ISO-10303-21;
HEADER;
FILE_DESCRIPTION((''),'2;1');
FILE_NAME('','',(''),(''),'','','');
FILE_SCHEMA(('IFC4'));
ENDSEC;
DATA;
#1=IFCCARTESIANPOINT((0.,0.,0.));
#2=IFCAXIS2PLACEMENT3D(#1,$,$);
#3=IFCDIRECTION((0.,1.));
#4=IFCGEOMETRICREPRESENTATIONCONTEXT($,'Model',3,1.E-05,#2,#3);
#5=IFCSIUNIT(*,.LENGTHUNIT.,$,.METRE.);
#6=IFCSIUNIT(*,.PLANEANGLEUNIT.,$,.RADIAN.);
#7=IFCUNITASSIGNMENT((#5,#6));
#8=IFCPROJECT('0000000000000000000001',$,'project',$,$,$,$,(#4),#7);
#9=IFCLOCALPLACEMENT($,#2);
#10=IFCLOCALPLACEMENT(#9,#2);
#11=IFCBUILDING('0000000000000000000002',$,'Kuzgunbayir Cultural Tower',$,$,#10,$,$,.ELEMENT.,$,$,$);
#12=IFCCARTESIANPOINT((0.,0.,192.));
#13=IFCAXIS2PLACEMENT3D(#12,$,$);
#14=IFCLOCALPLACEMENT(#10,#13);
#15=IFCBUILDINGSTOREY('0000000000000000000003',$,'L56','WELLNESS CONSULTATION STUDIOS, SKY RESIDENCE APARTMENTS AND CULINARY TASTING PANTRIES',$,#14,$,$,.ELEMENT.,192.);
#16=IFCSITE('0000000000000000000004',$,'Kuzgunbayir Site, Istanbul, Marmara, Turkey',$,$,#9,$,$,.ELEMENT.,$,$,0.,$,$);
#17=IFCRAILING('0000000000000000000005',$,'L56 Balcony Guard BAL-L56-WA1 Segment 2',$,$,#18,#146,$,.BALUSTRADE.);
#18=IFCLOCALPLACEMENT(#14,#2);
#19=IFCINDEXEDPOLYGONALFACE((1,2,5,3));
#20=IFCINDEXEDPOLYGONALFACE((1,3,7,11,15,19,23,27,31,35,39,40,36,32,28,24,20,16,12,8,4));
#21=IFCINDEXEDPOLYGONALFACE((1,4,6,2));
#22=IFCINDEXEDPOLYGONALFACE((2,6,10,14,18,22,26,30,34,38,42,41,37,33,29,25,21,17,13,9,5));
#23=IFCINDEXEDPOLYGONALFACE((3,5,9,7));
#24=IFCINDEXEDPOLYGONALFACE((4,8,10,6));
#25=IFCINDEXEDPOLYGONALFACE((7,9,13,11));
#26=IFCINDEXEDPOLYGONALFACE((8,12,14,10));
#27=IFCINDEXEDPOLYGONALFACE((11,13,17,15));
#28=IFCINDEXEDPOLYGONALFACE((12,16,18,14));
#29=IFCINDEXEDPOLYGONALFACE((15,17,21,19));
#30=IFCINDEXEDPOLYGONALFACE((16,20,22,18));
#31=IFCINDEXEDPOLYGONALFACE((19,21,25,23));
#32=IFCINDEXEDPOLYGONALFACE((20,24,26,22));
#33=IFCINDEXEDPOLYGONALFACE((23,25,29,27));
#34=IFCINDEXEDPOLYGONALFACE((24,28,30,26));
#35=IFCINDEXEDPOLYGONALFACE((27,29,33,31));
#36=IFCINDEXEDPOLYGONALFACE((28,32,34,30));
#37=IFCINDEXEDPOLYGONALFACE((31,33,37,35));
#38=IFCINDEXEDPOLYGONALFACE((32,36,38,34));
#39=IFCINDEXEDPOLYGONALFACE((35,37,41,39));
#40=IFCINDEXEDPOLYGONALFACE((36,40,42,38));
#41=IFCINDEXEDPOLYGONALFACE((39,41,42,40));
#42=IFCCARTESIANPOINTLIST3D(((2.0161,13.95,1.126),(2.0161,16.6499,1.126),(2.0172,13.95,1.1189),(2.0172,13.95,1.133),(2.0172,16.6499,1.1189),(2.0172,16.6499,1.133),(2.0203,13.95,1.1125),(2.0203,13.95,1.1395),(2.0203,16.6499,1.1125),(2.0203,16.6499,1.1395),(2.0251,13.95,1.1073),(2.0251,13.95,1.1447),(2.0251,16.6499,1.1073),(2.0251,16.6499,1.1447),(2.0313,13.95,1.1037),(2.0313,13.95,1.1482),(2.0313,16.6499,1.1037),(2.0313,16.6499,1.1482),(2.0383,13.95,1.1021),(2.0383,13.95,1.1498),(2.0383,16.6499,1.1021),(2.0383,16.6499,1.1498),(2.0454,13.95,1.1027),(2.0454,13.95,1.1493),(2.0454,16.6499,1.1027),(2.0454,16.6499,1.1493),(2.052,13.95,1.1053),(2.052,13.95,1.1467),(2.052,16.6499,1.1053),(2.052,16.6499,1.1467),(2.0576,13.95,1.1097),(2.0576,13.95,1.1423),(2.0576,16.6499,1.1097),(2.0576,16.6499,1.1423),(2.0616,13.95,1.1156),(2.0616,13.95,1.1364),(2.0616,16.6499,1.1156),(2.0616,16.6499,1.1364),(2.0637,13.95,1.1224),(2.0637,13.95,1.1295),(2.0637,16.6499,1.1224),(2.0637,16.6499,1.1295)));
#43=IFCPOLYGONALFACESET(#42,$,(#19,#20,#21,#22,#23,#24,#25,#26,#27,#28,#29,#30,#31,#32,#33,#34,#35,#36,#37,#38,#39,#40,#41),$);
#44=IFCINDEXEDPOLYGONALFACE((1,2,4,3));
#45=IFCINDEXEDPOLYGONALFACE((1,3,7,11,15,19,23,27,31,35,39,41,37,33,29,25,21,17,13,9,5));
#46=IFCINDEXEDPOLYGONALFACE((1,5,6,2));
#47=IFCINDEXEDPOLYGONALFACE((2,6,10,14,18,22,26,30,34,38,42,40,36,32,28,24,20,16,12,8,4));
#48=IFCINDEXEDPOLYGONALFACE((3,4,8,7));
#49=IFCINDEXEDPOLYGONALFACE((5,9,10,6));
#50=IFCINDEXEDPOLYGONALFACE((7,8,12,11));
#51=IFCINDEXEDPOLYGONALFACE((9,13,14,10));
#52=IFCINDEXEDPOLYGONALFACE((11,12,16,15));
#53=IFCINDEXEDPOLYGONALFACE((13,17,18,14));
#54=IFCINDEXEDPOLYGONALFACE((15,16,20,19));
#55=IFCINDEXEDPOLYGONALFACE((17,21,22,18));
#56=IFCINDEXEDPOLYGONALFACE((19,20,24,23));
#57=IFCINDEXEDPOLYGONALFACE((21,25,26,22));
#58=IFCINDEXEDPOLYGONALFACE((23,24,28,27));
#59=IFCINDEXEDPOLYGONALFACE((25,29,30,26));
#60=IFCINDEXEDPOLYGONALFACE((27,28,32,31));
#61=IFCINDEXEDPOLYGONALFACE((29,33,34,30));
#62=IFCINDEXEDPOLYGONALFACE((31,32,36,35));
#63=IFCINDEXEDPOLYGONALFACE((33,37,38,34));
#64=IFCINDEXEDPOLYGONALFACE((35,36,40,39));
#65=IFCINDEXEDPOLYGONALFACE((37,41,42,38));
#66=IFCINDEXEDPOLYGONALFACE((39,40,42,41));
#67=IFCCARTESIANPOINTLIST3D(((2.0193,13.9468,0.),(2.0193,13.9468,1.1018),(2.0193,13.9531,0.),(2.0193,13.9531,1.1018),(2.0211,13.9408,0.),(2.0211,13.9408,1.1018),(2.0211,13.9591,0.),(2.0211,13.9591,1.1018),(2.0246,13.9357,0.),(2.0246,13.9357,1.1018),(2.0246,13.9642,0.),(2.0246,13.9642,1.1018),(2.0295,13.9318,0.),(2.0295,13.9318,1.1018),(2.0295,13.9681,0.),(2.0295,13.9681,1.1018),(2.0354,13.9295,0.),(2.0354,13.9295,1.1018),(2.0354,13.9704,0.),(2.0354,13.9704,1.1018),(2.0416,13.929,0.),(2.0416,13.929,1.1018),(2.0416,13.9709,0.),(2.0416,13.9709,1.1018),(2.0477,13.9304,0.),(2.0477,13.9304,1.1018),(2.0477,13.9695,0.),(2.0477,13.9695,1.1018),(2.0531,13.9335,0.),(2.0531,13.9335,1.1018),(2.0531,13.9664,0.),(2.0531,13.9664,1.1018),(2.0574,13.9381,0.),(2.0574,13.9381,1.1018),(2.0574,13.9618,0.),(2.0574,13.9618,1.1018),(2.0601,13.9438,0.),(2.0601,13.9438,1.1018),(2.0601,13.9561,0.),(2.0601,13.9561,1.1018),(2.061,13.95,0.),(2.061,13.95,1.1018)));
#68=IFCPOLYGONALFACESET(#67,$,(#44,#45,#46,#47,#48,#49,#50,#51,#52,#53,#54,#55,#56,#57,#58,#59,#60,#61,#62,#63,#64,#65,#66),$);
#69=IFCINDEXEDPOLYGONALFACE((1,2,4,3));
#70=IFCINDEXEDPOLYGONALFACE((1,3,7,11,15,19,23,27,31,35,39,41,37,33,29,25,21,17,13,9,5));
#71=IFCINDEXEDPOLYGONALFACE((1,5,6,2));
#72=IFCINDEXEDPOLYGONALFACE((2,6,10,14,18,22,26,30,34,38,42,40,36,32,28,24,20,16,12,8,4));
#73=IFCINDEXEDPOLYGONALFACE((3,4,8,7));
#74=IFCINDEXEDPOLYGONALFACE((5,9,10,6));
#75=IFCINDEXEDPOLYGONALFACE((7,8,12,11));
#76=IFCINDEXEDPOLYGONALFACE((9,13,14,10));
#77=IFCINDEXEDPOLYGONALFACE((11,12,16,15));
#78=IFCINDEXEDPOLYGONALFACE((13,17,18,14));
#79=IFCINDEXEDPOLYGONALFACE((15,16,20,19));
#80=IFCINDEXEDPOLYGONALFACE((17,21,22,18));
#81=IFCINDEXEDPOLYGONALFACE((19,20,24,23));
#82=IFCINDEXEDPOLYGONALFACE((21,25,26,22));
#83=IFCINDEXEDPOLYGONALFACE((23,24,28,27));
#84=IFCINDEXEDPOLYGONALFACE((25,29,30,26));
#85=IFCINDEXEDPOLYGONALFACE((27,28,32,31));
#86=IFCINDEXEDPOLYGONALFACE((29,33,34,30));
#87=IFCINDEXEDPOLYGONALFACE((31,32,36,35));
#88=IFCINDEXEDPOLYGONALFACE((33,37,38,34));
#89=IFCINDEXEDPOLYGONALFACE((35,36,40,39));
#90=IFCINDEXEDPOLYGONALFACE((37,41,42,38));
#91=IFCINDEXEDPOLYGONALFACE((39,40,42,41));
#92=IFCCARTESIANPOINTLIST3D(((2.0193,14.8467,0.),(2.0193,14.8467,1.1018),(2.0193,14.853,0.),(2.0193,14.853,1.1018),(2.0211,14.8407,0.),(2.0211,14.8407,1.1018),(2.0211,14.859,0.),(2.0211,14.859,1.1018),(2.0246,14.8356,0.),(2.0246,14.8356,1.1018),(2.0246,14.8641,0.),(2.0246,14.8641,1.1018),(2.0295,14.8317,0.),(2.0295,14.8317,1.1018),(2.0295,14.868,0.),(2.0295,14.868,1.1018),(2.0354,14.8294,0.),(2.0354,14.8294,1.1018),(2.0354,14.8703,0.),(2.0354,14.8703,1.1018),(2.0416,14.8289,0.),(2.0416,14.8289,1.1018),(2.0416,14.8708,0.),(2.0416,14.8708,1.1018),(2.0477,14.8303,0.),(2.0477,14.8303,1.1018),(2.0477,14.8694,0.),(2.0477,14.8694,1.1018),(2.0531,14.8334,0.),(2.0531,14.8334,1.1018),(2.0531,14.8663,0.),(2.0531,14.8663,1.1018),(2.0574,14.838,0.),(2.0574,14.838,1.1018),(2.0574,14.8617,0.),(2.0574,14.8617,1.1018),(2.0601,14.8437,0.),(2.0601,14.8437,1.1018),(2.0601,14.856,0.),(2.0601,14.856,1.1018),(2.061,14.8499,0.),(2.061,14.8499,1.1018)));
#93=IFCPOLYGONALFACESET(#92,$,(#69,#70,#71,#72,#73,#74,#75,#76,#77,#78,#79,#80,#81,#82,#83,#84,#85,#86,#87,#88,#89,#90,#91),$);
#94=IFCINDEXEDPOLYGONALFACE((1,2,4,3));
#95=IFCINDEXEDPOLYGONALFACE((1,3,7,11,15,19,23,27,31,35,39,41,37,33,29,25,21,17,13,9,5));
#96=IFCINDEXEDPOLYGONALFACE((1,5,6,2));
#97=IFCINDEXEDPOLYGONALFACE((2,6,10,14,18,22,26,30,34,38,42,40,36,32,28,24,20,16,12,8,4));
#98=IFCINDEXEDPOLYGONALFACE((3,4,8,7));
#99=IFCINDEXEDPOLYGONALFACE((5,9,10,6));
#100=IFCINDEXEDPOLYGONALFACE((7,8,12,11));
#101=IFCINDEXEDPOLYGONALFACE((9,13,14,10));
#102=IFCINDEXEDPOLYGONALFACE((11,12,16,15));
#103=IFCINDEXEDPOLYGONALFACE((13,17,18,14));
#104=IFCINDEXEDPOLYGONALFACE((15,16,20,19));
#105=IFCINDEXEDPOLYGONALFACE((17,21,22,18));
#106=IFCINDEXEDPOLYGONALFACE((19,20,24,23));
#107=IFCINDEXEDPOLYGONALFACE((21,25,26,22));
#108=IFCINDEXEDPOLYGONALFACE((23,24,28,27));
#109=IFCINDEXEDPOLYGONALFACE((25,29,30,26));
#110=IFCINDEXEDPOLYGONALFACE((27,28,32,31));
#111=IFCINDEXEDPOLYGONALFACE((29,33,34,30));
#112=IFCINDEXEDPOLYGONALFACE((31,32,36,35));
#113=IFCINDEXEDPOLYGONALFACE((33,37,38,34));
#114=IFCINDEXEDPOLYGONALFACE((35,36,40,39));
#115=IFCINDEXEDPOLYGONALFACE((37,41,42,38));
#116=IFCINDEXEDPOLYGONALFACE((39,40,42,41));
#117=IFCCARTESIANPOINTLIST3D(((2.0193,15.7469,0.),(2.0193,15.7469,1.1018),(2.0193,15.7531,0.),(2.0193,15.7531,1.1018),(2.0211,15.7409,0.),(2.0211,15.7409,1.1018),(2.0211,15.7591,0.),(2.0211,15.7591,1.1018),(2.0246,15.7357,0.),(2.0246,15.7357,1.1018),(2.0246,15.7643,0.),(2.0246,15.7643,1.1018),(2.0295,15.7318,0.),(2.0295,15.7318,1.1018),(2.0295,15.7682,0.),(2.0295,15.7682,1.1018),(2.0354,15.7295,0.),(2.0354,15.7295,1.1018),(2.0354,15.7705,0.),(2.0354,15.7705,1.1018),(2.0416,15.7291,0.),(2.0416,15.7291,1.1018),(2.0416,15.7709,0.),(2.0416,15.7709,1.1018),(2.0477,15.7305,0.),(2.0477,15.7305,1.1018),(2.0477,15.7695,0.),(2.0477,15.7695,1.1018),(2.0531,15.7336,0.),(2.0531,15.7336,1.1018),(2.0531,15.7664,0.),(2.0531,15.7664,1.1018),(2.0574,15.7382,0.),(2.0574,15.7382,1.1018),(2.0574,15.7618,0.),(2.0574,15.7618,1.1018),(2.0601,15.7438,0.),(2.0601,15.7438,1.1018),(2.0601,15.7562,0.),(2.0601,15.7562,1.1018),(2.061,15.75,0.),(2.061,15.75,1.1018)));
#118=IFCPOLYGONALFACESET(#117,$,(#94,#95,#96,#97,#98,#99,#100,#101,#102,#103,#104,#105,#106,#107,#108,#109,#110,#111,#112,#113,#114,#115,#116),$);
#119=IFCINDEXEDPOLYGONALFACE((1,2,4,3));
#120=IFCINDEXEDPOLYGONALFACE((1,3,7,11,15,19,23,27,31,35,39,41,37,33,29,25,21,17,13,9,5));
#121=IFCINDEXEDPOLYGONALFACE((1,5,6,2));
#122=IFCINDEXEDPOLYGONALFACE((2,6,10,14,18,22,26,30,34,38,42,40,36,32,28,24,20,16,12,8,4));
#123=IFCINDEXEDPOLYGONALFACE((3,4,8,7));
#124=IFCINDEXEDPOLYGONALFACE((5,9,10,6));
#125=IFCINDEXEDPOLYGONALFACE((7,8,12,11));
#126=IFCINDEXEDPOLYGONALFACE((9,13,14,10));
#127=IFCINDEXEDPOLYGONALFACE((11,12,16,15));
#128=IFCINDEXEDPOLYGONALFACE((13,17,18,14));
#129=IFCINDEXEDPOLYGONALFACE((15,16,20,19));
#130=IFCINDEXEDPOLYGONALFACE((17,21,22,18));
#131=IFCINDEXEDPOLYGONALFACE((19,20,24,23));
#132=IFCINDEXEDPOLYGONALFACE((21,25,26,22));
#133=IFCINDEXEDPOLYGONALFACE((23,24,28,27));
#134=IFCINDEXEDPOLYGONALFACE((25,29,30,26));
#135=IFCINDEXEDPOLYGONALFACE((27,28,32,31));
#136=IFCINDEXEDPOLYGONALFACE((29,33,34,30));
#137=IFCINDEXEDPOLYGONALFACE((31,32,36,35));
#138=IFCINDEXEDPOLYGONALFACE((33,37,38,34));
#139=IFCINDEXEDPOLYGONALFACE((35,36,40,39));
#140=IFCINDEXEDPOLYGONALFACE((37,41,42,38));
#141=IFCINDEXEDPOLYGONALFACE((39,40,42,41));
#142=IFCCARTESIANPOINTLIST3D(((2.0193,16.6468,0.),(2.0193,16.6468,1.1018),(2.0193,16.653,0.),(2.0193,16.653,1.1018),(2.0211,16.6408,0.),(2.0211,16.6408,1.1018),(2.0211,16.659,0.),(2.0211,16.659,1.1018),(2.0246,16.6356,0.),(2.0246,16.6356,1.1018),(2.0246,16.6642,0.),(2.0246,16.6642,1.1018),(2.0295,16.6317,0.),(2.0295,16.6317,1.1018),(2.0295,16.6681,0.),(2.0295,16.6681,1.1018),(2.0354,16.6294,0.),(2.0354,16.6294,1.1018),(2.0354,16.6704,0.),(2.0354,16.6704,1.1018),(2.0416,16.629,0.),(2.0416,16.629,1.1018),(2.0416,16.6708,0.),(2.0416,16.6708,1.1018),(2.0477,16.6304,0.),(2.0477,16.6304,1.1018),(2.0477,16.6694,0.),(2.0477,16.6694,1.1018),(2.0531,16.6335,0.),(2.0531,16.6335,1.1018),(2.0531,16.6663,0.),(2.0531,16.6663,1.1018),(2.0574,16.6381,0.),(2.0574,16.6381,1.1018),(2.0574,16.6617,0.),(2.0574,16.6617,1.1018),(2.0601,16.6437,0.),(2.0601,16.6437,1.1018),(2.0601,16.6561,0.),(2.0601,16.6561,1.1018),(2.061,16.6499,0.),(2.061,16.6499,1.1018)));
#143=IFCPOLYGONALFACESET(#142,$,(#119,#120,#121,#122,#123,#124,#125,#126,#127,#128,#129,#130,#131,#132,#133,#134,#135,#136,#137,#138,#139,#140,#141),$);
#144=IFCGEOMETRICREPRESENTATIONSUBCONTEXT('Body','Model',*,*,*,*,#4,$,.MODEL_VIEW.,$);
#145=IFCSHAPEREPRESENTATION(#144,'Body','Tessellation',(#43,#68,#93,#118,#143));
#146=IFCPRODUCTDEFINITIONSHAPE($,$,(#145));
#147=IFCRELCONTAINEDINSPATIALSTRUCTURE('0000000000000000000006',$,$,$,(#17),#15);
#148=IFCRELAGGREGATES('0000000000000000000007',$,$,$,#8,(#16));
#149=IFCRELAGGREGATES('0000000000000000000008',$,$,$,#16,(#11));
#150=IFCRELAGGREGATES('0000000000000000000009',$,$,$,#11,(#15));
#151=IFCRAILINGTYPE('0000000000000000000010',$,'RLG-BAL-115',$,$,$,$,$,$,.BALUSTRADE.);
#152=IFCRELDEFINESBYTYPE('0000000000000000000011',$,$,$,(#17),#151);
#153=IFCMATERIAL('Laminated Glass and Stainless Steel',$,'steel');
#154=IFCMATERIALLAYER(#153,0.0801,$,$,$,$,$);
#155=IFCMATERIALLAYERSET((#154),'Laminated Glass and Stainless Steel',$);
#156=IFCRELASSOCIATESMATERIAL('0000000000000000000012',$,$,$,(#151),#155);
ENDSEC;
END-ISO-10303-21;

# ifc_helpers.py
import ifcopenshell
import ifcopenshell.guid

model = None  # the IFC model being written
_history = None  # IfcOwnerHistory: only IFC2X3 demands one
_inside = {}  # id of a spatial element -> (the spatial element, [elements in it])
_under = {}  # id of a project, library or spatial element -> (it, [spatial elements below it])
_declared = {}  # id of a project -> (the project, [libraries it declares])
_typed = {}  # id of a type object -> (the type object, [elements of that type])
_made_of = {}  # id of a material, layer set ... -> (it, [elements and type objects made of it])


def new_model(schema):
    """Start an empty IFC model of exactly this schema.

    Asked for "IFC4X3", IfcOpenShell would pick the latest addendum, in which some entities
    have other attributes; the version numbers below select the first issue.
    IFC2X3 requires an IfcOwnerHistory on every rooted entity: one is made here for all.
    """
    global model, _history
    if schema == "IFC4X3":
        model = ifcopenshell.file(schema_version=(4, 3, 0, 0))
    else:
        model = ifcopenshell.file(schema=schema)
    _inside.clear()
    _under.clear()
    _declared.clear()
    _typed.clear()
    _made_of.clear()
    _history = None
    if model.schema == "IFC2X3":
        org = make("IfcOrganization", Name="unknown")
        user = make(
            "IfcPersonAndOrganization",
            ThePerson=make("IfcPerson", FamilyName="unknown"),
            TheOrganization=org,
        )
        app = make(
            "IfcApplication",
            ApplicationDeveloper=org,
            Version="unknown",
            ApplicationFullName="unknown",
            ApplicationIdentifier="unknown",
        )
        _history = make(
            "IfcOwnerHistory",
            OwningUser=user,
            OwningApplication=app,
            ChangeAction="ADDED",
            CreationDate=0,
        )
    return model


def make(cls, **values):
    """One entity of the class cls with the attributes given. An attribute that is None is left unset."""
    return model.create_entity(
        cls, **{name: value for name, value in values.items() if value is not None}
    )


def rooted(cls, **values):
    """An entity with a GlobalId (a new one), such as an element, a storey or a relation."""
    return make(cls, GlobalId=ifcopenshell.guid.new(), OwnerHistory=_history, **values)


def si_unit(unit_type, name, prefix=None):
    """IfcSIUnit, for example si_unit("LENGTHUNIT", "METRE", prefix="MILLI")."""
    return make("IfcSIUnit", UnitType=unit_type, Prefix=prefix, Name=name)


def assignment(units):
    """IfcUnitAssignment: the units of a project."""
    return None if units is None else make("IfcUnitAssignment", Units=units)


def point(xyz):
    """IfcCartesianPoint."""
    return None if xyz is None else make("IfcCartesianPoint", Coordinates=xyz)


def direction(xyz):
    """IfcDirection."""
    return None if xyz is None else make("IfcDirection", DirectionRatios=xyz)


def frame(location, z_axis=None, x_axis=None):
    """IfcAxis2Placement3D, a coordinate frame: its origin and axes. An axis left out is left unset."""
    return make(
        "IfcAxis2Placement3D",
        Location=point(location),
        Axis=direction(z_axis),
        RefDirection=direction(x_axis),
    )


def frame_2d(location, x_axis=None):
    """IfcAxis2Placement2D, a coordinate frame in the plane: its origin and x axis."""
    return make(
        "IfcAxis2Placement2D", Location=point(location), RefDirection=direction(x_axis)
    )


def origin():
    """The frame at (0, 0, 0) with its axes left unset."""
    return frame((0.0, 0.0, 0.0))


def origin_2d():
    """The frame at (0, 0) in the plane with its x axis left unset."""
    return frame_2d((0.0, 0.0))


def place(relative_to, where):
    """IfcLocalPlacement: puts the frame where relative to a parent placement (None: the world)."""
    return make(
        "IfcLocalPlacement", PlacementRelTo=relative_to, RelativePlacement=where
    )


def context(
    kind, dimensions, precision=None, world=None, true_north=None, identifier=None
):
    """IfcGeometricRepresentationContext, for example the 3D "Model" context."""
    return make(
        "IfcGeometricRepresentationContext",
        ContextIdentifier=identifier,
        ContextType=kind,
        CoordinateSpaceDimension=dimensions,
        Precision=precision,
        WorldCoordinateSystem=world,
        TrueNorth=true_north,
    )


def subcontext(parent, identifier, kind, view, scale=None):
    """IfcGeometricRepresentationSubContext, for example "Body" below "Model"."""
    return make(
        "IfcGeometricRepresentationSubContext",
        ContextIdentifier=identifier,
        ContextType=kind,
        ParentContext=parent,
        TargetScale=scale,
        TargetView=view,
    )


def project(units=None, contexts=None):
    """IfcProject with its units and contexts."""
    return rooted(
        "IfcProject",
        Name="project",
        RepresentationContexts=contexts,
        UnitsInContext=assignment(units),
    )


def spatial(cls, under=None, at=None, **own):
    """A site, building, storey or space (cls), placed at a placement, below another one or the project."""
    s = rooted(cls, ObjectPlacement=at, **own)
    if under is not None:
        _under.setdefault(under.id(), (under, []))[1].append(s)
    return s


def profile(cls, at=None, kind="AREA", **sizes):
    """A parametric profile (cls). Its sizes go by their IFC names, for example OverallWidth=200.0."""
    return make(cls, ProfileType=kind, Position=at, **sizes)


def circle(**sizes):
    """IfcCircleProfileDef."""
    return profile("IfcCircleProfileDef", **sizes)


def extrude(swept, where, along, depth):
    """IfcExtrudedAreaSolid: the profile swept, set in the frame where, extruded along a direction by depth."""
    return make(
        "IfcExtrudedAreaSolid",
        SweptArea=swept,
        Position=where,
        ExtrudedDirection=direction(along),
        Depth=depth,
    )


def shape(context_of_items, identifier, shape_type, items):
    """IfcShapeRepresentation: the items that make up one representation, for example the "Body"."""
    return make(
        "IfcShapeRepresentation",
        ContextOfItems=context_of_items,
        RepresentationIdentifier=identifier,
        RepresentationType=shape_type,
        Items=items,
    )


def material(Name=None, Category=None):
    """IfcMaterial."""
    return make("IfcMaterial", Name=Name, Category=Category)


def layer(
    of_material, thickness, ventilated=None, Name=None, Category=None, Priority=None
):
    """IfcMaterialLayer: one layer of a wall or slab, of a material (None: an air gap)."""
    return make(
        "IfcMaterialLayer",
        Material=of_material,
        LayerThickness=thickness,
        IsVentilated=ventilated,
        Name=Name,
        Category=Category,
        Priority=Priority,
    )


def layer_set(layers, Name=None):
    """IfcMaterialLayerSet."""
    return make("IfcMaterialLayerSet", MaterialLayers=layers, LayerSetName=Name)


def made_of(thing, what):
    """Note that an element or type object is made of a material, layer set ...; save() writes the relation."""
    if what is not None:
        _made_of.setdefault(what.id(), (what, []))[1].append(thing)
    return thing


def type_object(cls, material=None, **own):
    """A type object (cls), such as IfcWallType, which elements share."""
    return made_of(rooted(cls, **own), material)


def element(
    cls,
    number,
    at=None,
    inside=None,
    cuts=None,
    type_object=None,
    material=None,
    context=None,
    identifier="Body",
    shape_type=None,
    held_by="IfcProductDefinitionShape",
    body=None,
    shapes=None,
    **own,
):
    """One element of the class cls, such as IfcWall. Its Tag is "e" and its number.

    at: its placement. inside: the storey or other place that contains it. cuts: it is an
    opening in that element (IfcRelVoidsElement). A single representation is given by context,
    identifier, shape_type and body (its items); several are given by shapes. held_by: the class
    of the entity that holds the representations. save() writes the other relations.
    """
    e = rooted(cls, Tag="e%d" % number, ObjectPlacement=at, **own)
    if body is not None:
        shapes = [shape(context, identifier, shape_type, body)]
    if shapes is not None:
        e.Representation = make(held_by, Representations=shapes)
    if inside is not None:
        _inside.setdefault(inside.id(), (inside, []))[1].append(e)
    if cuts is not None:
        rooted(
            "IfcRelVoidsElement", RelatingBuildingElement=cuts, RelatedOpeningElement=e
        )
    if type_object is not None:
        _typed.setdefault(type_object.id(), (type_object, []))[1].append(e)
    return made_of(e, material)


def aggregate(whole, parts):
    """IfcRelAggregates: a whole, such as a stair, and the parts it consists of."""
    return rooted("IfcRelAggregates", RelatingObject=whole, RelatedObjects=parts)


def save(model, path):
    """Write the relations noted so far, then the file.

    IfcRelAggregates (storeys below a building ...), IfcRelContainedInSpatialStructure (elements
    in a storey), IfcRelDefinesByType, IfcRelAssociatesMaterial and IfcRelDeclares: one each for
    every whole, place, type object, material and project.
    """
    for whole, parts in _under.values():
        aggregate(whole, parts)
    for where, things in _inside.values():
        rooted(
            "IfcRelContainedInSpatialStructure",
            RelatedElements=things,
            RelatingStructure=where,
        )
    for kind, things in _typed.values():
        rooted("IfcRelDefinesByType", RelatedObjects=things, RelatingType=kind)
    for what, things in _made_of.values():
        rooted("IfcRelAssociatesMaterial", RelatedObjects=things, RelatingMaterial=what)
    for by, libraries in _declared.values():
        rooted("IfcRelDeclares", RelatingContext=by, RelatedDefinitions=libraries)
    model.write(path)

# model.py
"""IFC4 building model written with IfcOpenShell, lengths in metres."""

from ifc_helpers import new_model, si_unit, direction, frame, origin, origin_2d, place, context, subcontext, project, spatial, circle, extrude, material, layer, layer_set, type_object, element, save


model = new_model("IFC4")

# Units and contexts
model_context = context("Model", 3, precision=1e-05, world=origin(), true_north=direction((0.0, 1.0)))
body_context = subcontext(model_context, "Body", "Model", "MODEL_VIEW")
ifc_project = project(units=[si_unit("LENGTHUNIT", "METRE"), si_unit("PLANEANGLEUNIT", "RADIAN")], contexts=[model_context])

# Site, building, storey
site_placement = place(None, origin())
site = spatial("IfcSite", under=ifc_project, at=site_placement, Name="Kuzgunbayir Site, Istanbul, Marmara, Turkey", CompositionType="ELEMENT", RefElevation=0.0)
building_placement = place(site_placement, origin())
building = spatial("IfcBuilding", under=site, at=building_placement, Name="Kuzgunbayir Cultural Tower", CompositionType="ELEMENT")
storey_placement = place(building_placement, frame((0.0, 0.0, 192.0)))
storey = spatial("IfcBuildingStorey", under=building, at=storey_placement, Name="L56", Description="WELLNESS CONSULTATION STUDIOS, SKY RESIDENCE APARTMENTS AND CULINARY TASTING PANTRIES", CompositionType="ELEMENT", Elevation=192.0)

# Railing
ifc_material_1 = material(Name="Laminated Glass and Stainless Steel", Category="steel")
ifc_layer_1 = layer(ifc_material_1, 0.0801)
ifc_layer_set_1 = layer_set([ifc_layer_1], Name="Laminated Glass and Stainless Steel")
railing_type = type_object("IfcRailingType", Name="RLG-BAL-115", PredefinedType="BALUSTRADE", material=ifc_layer_set_1)
railing_1_placement = place(storey_placement, frame((2.04, 13.95, 0.0)))
element("IfcRailing", 1, at=railing_1_placement, inside=storey, type_object=railing_type, Name="L56 Balcony Guard BAL-L56-WA1 Segment 2", PredefinedType="BALUSTRADE", context=body_context, shape_type="SweptSolid", body=[
    extrude(circle(Radius=0.0239, at=origin_2d()), frame((0.0, 0.0, 1.126), z_axis=(0.0, 1.0, 0.0), x_axis=(-1.0, 0.0, 0.0)), (0.0, 0.0, 1.0), 2.7),
    extrude(circle(Radius=0.021, at=origin_2d()), origin(), (0.0, 0.0, 1.0), 1.1018),
    extrude(circle(Radius=0.021, at=origin_2d()), frame((0.0, 0.8999, 0.0)), (0.0, 0.0, 1.0), 1.1018),
    extrude(circle(Radius=0.021, at=origin_2d()), frame((0.0, 1.8, 0.0)), (0.0, 0.0, 1.0), 1.1018),
    extrude(circle(Radius=0.021, at=origin_2d()), frame((0.0, 2.7, 0.0)), (0.0, 0.0, 1.0), 1.1018),
])

save(model, "model.ifc")
